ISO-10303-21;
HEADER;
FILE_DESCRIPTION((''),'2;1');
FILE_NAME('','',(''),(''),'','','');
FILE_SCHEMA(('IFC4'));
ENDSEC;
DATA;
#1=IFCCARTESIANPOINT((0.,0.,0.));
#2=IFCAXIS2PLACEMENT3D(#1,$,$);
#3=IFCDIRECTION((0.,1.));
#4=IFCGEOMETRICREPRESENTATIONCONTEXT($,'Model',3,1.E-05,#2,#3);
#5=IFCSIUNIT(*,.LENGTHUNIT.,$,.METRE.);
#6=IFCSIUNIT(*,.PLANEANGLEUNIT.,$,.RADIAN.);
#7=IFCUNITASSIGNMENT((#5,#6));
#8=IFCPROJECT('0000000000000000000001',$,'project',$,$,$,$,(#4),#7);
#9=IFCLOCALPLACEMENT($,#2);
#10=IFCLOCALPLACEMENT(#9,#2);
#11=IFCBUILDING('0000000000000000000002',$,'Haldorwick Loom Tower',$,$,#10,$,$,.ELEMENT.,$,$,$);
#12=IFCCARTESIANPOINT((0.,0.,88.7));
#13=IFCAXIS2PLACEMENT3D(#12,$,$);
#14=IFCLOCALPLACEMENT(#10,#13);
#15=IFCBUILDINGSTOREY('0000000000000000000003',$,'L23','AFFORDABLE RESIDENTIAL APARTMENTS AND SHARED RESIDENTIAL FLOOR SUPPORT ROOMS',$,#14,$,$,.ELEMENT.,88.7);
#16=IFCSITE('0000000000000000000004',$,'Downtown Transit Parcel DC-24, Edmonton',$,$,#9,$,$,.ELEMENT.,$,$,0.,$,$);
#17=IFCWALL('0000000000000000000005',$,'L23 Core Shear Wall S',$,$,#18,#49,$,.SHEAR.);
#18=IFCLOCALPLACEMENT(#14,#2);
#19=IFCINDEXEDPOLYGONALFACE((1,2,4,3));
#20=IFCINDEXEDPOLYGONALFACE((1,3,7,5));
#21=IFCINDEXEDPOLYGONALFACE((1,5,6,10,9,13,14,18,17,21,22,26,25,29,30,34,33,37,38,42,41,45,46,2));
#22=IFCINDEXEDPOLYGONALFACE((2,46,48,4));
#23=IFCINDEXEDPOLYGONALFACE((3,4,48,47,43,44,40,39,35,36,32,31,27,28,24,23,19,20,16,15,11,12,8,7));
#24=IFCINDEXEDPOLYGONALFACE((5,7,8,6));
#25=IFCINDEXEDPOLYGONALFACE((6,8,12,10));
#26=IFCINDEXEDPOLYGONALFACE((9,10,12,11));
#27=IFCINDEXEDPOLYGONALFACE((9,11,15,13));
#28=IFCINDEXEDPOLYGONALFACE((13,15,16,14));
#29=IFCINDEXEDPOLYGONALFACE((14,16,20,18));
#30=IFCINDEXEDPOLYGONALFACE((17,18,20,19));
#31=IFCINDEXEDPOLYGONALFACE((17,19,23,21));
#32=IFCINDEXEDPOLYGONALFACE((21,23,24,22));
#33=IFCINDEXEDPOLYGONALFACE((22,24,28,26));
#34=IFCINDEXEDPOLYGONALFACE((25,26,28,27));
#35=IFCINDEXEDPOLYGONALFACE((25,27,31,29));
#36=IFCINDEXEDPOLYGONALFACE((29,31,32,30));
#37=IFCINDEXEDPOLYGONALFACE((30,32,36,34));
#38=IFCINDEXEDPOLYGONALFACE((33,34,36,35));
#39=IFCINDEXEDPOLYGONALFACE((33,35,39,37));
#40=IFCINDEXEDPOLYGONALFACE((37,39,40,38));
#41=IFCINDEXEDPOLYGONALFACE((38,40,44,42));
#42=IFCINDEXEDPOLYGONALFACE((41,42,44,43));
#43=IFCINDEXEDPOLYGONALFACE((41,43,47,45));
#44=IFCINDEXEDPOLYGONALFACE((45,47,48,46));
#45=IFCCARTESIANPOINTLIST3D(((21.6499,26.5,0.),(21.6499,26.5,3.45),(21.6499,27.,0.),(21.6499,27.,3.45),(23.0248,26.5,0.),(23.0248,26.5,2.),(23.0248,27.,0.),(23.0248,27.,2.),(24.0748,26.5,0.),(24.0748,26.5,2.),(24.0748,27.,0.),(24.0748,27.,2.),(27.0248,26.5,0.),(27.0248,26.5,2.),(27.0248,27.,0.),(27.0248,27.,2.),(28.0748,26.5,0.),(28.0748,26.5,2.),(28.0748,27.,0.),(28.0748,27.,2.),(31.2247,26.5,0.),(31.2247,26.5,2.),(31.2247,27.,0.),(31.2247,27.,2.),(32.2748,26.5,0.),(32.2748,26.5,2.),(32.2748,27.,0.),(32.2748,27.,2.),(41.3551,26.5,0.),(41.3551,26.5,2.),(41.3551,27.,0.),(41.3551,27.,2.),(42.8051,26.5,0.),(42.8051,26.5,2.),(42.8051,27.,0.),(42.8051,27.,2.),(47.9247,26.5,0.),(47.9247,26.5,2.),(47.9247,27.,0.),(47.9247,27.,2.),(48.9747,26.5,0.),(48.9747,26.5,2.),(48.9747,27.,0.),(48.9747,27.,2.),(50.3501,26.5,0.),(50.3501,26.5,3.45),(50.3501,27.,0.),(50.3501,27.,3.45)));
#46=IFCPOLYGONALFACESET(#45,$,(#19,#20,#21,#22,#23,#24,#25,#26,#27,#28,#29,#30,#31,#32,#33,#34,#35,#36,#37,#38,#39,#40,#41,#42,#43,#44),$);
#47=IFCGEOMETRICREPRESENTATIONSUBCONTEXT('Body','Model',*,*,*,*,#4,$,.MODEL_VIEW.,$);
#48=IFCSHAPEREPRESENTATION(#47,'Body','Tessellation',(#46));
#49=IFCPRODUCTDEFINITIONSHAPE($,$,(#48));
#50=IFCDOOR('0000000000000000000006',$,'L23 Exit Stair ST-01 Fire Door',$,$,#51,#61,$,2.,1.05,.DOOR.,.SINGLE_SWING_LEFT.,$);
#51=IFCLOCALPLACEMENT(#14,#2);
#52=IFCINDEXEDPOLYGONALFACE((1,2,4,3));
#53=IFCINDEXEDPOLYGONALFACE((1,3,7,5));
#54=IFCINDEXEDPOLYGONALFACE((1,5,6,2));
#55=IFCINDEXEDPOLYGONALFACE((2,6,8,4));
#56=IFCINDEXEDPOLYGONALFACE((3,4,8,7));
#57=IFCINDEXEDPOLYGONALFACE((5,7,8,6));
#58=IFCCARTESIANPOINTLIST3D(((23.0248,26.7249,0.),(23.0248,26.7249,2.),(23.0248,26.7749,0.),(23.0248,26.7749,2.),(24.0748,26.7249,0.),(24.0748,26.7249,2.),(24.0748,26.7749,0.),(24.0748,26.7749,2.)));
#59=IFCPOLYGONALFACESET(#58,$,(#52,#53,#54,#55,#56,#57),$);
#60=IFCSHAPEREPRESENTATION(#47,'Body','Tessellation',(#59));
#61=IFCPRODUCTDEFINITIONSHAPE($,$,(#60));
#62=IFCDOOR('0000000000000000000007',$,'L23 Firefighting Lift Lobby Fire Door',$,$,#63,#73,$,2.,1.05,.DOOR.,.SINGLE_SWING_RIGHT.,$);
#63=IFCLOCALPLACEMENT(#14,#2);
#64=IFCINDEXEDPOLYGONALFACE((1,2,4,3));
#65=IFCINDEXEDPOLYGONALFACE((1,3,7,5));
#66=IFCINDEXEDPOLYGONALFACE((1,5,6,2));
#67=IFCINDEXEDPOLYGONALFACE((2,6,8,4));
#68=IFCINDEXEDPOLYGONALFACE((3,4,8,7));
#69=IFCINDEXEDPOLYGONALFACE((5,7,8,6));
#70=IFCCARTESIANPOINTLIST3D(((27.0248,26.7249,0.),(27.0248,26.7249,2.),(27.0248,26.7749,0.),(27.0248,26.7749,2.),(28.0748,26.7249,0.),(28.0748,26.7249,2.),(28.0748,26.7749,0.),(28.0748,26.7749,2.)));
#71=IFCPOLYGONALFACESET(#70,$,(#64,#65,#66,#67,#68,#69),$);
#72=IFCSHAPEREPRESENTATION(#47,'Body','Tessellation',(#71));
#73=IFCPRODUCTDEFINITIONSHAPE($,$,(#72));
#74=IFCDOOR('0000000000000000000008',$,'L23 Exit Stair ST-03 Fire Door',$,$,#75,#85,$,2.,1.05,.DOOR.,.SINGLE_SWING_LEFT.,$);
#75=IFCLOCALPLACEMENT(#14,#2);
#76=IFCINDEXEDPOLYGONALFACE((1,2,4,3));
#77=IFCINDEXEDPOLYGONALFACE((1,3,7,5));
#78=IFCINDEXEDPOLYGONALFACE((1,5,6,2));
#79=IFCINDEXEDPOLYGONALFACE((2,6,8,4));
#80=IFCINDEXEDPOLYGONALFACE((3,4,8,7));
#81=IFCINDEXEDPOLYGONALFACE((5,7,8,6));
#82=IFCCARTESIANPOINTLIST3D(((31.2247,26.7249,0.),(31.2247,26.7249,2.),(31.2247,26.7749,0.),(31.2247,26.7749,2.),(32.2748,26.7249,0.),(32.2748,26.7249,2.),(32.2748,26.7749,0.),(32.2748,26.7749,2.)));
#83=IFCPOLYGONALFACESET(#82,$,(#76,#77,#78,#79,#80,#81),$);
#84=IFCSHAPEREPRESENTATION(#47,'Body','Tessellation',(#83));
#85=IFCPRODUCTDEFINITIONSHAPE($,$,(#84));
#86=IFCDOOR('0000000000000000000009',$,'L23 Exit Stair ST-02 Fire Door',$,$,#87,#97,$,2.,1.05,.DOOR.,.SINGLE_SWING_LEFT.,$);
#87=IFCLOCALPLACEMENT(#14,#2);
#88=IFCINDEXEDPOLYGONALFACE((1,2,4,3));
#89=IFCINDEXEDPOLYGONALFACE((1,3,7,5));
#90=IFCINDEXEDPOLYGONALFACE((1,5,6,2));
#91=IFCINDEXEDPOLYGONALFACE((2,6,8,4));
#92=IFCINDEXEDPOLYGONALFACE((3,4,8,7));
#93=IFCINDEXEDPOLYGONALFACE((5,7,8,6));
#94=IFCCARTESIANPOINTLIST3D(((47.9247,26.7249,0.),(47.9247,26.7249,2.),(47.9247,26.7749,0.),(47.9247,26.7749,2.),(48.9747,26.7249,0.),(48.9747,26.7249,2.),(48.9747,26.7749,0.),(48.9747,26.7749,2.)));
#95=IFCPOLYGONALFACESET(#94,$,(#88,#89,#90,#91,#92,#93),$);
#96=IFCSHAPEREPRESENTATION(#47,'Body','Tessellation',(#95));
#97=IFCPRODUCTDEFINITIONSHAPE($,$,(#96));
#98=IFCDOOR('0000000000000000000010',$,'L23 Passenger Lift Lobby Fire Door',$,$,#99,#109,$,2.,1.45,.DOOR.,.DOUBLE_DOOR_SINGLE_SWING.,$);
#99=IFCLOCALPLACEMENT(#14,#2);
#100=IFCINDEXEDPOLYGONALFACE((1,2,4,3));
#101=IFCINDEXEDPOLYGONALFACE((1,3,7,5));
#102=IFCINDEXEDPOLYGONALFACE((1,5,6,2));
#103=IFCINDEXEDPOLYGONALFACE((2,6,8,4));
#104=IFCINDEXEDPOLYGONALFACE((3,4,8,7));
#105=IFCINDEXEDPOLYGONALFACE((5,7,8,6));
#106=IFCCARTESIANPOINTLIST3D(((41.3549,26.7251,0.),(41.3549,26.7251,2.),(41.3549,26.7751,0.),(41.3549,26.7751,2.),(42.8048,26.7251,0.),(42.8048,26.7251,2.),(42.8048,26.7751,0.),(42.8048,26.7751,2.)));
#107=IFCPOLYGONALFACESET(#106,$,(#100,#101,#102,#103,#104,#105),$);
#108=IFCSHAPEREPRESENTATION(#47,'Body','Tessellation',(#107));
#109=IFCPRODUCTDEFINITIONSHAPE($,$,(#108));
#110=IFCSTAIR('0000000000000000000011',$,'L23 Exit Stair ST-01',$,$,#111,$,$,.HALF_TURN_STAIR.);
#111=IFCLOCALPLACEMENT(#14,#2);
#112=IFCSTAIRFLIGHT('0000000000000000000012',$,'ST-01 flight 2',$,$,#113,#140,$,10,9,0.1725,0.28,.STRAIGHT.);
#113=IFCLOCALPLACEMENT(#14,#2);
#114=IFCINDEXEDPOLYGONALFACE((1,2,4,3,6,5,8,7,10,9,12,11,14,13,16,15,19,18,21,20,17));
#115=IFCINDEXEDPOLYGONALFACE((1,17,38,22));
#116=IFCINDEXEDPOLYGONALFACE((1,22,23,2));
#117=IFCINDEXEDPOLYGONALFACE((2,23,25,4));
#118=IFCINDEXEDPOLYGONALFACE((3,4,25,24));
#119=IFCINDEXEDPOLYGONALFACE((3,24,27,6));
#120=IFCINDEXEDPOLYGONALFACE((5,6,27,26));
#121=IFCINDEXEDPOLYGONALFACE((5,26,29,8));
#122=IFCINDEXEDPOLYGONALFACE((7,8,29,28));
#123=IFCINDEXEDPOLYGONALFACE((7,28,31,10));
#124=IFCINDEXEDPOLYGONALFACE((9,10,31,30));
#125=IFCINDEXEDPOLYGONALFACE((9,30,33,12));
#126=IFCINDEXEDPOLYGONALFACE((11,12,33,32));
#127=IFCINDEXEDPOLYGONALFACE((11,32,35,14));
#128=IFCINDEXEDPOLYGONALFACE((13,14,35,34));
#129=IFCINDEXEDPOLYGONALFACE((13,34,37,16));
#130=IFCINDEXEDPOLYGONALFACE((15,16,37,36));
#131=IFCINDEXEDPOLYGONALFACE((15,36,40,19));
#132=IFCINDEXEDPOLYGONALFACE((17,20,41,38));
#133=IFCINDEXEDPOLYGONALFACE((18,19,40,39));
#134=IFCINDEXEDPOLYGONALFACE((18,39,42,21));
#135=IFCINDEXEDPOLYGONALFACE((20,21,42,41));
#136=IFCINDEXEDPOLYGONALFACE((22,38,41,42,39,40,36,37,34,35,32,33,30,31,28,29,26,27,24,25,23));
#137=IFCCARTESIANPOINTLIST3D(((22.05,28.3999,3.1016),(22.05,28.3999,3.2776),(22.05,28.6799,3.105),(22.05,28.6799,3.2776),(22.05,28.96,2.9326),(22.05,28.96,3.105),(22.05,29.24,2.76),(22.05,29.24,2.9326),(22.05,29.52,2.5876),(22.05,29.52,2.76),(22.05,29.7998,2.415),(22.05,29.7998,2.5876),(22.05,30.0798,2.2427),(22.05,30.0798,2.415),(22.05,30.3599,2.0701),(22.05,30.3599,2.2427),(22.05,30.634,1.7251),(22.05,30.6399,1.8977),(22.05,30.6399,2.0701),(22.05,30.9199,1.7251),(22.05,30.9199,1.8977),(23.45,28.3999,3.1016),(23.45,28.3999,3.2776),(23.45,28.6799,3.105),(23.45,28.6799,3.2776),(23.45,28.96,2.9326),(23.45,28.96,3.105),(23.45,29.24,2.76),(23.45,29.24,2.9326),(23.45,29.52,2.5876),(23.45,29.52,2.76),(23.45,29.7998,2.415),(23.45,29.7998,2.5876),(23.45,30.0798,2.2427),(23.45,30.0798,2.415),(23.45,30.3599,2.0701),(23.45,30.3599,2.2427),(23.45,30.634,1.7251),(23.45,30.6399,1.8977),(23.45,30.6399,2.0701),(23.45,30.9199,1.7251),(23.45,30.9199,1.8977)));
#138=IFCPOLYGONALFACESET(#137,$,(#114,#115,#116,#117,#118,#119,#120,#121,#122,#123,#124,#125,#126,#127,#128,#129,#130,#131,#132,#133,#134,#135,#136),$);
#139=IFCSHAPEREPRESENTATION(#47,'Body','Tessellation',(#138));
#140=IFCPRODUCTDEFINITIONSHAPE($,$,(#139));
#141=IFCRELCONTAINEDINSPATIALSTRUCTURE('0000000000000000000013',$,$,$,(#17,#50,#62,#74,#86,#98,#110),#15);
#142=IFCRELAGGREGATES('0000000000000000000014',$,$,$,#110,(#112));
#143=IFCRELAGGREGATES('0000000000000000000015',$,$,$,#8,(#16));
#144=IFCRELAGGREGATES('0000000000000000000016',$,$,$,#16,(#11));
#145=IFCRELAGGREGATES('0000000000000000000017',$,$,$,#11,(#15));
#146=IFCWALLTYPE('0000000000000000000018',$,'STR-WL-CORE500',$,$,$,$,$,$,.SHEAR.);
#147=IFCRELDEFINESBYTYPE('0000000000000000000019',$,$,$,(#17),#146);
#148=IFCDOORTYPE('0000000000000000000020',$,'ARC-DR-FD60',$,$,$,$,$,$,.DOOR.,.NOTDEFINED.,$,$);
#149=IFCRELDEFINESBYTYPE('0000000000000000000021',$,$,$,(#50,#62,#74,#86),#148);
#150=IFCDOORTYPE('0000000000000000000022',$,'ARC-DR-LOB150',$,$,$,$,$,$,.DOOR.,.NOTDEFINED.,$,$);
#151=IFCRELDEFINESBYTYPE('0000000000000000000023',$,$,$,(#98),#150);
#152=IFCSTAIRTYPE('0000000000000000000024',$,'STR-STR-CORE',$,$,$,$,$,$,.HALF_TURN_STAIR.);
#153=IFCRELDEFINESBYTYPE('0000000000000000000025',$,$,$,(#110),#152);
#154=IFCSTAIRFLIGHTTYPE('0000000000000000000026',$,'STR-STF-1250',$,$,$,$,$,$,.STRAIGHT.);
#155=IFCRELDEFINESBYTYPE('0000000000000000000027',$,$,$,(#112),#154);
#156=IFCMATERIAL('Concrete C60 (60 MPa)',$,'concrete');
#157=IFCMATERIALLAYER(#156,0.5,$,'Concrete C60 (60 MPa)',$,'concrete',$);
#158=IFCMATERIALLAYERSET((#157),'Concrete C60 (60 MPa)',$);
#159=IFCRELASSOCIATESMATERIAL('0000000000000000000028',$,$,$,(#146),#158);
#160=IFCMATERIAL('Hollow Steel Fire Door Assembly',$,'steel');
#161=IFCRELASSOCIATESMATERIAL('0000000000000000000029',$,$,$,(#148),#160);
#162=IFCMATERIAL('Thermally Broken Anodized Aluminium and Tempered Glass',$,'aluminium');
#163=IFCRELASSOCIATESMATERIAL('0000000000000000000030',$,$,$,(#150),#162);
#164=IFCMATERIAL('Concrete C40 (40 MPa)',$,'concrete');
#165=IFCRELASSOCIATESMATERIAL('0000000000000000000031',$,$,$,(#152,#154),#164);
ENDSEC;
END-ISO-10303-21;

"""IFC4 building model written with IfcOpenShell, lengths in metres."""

from ifc_helpers import new_model, si_unit, direction, frame, frame_2d, origin, place, context, subcontext, project, spatial, polyline, rectangle, outline, extrude, material, layer, layer_set, type_object, element, fill, aggregate, save


model = new_model("IFC4")

# Units and contexts
model_context = context("Model", 3, precision=1e-05, world=origin(), true_north=direction((0.0, 1.0)))
body_context = subcontext(model_context, "Body", "Model", "MODEL_VIEW")
ifc_project = project(units=[si_unit("LENGTHUNIT", "METRE"), si_unit("PLANEANGLEUNIT", "RADIAN")], contexts=[model_context])

# Site, building, storey
site_placement = place(None, origin())
site = spatial("IfcSite", under=ifc_project, at=site_placement, Name="Downtown Transit Parcel DC-24, Edmonton", CompositionType="ELEMENT", RefElevation=0.0)
building_placement = place(site_placement, origin())
building = spatial("IfcBuilding", under=site, at=building_placement, Name="Haldorwick Loom Tower", CompositionType="ELEMENT")
storey_placement = place(building_placement, frame((0.0, 0.0, 88.7)))
storey = spatial("IfcBuildingStorey", under=building, at=storey_placement, Name="L23", Description="AFFORDABLE RESIDENTIAL APARTMENTS AND SHARED RESIDENTIAL FLOOR SUPPORT ROOMS", CompositionType="ELEMENT", Elevation=88.7)

# Shared definitions
ifc_material_1 = material(Name="Concrete C60 (60 MPa)", Category="concrete")

# Wall, openings, doors
ifc_layer_1 = layer(ifc_material_1, 0.5, Name="Concrete C60 (60 MPa)", Category="concrete")
ifc_layer_set_1 = layer_set([ifc_layer_1], Name="Concrete C60 (60 MPa)")
wall_type_1 = type_object("IfcWallType", Name="STR-WL-CORE500", PredefinedType="SHEAR", material=ifc_layer_set_1)
wall_1_placement = place(storey_placement, frame((21.6499, 26.75, 0.0), z_axis=(0.0, 0.0, 1.0), x_axis=(1.0, 0.0, 0.0)))
wall_1 = element("IfcWall", 1, at=wall_1_placement, inside=storey, type_object=wall_type_1, Name="L23 Core Shear Wall S", PredefinedType="SHEAR", context=body_context, shape_type="SweptSolid", body=[
    extrude(rectangle(XDim=28.7002, YDim=0.5, at=frame_2d((14.3501, 0.0))), origin(), (0.0, 0.0, 1.0), 3.45),
])
opening_1_placement = place(wall_1_placement, frame((1.375, 0.0, 0.0)))
opening_1 = element("IfcOpeningElement", 2, at=opening_1_placement, cuts=wall_1, PredefinedType="OPENING", context=body_context, shape_type="SweptSolid", body=[
    extrude(rectangle(XDim=1.05, YDim=2.0, at=frame_2d((0.5249, 1.0))), frame((0.0, 0.26, 0.0), z_axis=(0.0, -1.0, 0.0), x_axis=(1.0, 0.0, 0.0)), (0.0, 0.0, 1.0), 0.52),
])
opening_2_placement = place(wall_1_placement, frame((5.375, 0.0, 0.0)))
opening_2 = element("IfcOpeningElement", 3, at=opening_2_placement, cuts=wall_1, PredefinedType="OPENING", context=body_context, shape_type="SweptSolid", body=[
    extrude(rectangle(XDim=1.05, YDim=2.0, at=frame_2d((0.5249, 1.0))), frame((0.0, 0.26, 0.0), z_axis=(0.0, -1.0, 0.0), x_axis=(1.0, 0.0, 0.0)), (0.0, 0.0, 1.0), 0.52),
])
opening_3_placement = place(wall_1_placement, frame((9.575, 0.0, 0.0)))
opening_3 = element("IfcOpeningElement", 4, at=opening_3_placement, cuts=wall_1, PredefinedType="OPENING", context=body_context, shape_type="SweptSolid", body=[
    extrude(rectangle(XDim=1.05, YDim=2.0, at=frame_2d((0.5249, 1.0))), frame((0.0, 0.26, 0.0), z_axis=(0.0, -1.0, 0.0), x_axis=(1.0, 0.0, 0.0)), (0.0, 0.0, 1.0), 0.52),
])
opening_4_placement = place(wall_1_placement, frame((19.7051, 0.0, 0.0)))
opening_4 = element("IfcOpeningElement", 5, at=opening_4_placement, cuts=wall_1, PredefinedType="OPENING", context=body_context, shape_type="SweptSolid", body=[
    extrude(rectangle(XDim=1.45, YDim=2.0, at=frame_2d((0.7251, 1.0))), frame((0.0, 0.26, 0.0), z_axis=(0.0, -1.0, 0.0), x_axis=(1.0, 0.0, 0.0)), (0.0, 0.0, 1.0), 0.52),
])
opening_5_placement = place(wall_1_placement, frame((26.2749, 0.0, 0.0)))
opening_5 = element("IfcOpeningElement", 6, at=opening_5_placement, cuts=wall_1, PredefinedType="OPENING", context=body_context, shape_type="SweptSolid", body=[
    extrude(rectangle(XDim=1.05, YDim=2.0, at=frame_2d((0.5249, 1.0))), frame((0.0, 0.26, 0.0), z_axis=(0.0, -1.0, 0.0), x_axis=(1.0, 0.0, 0.0)), (0.0, 0.0, 1.0), 0.52),
])
ifc_material_2 = material(Name="Hollow Steel Fire Door Assembly", Category="steel")
door_type_1 = type_object("IfcDoorType", Name="ARC-DR-FD60", OperationType="NOTDEFINED", PredefinedType="DOOR", material=ifc_material_2)
door_1_placement = place(opening_1_placement, origin())
door_1 = element("IfcDoor", 7, at=door_1_placement, inside=storey, type_object=door_type_1, Name="L23 Exit Stair ST-01 Fire Door", OperationType="SINGLE_SWING_LEFT", OverallHeight=2.0, OverallWidth=1.05, PredefinedType="DOOR", context=body_context, shape_type="SweptSolid", body=[
    extrude(rectangle(XDim=1.05, YDim=2.0, at=frame_2d((0.5249, 1.0))), frame((0.0, 0.0249, 0.0), z_axis=(0.0, -1.0, 0.0), x_axis=(1.0, 0.0, 0.0)), (0.0, 0.0, 1.0), 0.05),
])
fill(opening_1, door_1)
door_2_placement = place(opening_2_placement, origin())
door_2 = element("IfcDoor", 8, at=door_2_placement, inside=storey, type_object=door_type_1, Name="L23 Firefighting Lift Lobby Fire Door", OperationType="SINGLE_SWING_RIGHT", OverallHeight=2.0, OverallWidth=1.05, PredefinedType="DOOR", context=body_context, shape_type="SweptSolid", body=[
    extrude(rectangle(XDim=1.05, YDim=2.0, at=frame_2d((0.5249, 1.0))), frame((0.0, 0.0249, 0.0), z_axis=(0.0, -1.0, 0.0), x_axis=(1.0, 0.0, 0.0)), (0.0, 0.0, 1.0), 0.05),
])
fill(opening_2, door_2)
door_3_placement = place(opening_3_placement, origin())
door_3 = element("IfcDoor", 9, at=door_3_placement, inside=storey, type_object=door_type_1, Name="L23 Exit Stair ST-03 Fire Door", OperationType="SINGLE_SWING_LEFT", OverallHeight=2.0, OverallWidth=1.05, PredefinedType="DOOR", context=body_context, shape_type="SweptSolid", body=[
    extrude(rectangle(XDim=1.05, YDim=2.0, at=frame_2d((0.5249, 1.0))), frame((0.0, 0.0249, 0.0), z_axis=(0.0, -1.0, 0.0), x_axis=(1.0, 0.0, 0.0)), (0.0, 0.0, 1.0), 0.05),
])
fill(opening_3, door_3)
door_4_placement = place(opening_5_placement, origin())
door_4 = element("IfcDoor", 10, at=door_4_placement, inside=storey, type_object=door_type_1, Name="L23 Exit Stair ST-02 Fire Door", OperationType="SINGLE_SWING_LEFT", OverallHeight=2.0, OverallWidth=1.05, PredefinedType="DOOR", context=body_context, shape_type="SweptSolid", body=[
    extrude(rectangle(XDim=1.05, YDim=2.0, at=frame_2d((0.5249, 1.0))), frame((0.0, 0.0249, 0.0), z_axis=(0.0, -1.0, 0.0), x_axis=(1.0, 0.0, 0.0)), (0.0, 0.0, 1.0), 0.05),
])
fill(opening_5, door_4)
ifc_material_3 = material(Name="Thermally Broken Anodized Aluminium and Tempered Glass", Category="aluminium")
door_type_2 = type_object("IfcDoorType", Name="ARC-DR-LOB150", OperationType="NOTDEFINED", PredefinedType="DOOR", material=ifc_material_3)
door_5_placement = place(opening_4_placement, frame((1.45, 0.0, 0.0), z_axis=(0.0, 0.0, 1.0), x_axis=(-1.0, 0.0, 0.0)))
door_5 = element("IfcDoor", 11, at=door_5_placement, inside=storey, type_object=door_type_2, Name="L23 Passenger Lift Lobby Fire Door", OperationType="DOUBLE_DOOR_SINGLE_SWING", OverallHeight=2.0, OverallWidth=1.45, PredefinedType="DOOR", context=body_context, shape_type="SweptSolid", body=[
    extrude(rectangle(XDim=1.45, YDim=2.0, at=frame_2d((0.7251, 1.0))), frame((0.0, 0.0249, 0.0), z_axis=(0.0, -1.0, 0.0), x_axis=(1.0, 0.0, 0.0)), (0.0, 0.0, 1.0), 0.05),
])
fill(opening_4, door_5)

# Stair, stair flight
ifc_material_4 = material(Name="Concrete C40 (40 MPa)", Category="concrete")
stair_type = type_object("IfcStairType", Name="STR-STR-CORE", PredefinedType="HALF_TURN_STAIR", material=ifc_material_4)
stair_placement = place(storey_placement, origin())
stair = element("IfcStair", 12, at=stair_placement, inside=storey, type_object=stair_type, Name="L23 Exit Stair ST-01", PredefinedType="HALF_TURN_STAIR")
stair_flight_type = type_object("IfcStairFlightType", Name="STR-STF-1250", PredefinedType="STRAIGHT", material=ifc_material_4)
stair_flight_placement = place(storey_placement, frame((22.75, 30.9199, 1.7251), z_axis=(0.0, 0.0, 1.0), x_axis=(0.0, -1.0, 0.0)))
stair_flight = element("IfcStairFlight", 13, at=stair_flight_placement, type_object=stair_flight_type, Name="ST-01 flight 2", NumberOfRisers=10, NumberOfTreads=9, PredefinedType="STRAIGHT", RiserHeight=0.1725, TreadLength=0.28, context=body_context, shape_type="SweptSolid", body=[
    extrude(outline(polyline([(0.0, 0.0), (0.0, 0.1726), (0.28, 0.1726), (0.28, 0.345), (0.5601, 0.345), (0.5601, 0.5176), (0.8401, 0.5176), (0.8401, 0.6899), (1.1201, 0.6899), (1.1201, 0.8625), (1.3999, 0.8625), (1.3999, 1.0349), (1.6799, 1.0349), (1.6799, 1.2075), (1.96, 1.2075), (1.96, 1.3799), (2.24, 1.3799), (2.24, 1.5525), (2.52, 1.5525), (2.52, 1.7251), (2.52, 1.3765), (0.2859, 0.0), (0.0, 0.0)])), frame((0.0, 0.7, 0.0), z_axis=(0.0, -1.0, 0.0), x_axis=(1.0, 0.0, 0.0)), (0.0, 0.0, 1.0), 1.3999),
])
aggregate(stair, [stair_flight])

save(model, "model.ifc")
